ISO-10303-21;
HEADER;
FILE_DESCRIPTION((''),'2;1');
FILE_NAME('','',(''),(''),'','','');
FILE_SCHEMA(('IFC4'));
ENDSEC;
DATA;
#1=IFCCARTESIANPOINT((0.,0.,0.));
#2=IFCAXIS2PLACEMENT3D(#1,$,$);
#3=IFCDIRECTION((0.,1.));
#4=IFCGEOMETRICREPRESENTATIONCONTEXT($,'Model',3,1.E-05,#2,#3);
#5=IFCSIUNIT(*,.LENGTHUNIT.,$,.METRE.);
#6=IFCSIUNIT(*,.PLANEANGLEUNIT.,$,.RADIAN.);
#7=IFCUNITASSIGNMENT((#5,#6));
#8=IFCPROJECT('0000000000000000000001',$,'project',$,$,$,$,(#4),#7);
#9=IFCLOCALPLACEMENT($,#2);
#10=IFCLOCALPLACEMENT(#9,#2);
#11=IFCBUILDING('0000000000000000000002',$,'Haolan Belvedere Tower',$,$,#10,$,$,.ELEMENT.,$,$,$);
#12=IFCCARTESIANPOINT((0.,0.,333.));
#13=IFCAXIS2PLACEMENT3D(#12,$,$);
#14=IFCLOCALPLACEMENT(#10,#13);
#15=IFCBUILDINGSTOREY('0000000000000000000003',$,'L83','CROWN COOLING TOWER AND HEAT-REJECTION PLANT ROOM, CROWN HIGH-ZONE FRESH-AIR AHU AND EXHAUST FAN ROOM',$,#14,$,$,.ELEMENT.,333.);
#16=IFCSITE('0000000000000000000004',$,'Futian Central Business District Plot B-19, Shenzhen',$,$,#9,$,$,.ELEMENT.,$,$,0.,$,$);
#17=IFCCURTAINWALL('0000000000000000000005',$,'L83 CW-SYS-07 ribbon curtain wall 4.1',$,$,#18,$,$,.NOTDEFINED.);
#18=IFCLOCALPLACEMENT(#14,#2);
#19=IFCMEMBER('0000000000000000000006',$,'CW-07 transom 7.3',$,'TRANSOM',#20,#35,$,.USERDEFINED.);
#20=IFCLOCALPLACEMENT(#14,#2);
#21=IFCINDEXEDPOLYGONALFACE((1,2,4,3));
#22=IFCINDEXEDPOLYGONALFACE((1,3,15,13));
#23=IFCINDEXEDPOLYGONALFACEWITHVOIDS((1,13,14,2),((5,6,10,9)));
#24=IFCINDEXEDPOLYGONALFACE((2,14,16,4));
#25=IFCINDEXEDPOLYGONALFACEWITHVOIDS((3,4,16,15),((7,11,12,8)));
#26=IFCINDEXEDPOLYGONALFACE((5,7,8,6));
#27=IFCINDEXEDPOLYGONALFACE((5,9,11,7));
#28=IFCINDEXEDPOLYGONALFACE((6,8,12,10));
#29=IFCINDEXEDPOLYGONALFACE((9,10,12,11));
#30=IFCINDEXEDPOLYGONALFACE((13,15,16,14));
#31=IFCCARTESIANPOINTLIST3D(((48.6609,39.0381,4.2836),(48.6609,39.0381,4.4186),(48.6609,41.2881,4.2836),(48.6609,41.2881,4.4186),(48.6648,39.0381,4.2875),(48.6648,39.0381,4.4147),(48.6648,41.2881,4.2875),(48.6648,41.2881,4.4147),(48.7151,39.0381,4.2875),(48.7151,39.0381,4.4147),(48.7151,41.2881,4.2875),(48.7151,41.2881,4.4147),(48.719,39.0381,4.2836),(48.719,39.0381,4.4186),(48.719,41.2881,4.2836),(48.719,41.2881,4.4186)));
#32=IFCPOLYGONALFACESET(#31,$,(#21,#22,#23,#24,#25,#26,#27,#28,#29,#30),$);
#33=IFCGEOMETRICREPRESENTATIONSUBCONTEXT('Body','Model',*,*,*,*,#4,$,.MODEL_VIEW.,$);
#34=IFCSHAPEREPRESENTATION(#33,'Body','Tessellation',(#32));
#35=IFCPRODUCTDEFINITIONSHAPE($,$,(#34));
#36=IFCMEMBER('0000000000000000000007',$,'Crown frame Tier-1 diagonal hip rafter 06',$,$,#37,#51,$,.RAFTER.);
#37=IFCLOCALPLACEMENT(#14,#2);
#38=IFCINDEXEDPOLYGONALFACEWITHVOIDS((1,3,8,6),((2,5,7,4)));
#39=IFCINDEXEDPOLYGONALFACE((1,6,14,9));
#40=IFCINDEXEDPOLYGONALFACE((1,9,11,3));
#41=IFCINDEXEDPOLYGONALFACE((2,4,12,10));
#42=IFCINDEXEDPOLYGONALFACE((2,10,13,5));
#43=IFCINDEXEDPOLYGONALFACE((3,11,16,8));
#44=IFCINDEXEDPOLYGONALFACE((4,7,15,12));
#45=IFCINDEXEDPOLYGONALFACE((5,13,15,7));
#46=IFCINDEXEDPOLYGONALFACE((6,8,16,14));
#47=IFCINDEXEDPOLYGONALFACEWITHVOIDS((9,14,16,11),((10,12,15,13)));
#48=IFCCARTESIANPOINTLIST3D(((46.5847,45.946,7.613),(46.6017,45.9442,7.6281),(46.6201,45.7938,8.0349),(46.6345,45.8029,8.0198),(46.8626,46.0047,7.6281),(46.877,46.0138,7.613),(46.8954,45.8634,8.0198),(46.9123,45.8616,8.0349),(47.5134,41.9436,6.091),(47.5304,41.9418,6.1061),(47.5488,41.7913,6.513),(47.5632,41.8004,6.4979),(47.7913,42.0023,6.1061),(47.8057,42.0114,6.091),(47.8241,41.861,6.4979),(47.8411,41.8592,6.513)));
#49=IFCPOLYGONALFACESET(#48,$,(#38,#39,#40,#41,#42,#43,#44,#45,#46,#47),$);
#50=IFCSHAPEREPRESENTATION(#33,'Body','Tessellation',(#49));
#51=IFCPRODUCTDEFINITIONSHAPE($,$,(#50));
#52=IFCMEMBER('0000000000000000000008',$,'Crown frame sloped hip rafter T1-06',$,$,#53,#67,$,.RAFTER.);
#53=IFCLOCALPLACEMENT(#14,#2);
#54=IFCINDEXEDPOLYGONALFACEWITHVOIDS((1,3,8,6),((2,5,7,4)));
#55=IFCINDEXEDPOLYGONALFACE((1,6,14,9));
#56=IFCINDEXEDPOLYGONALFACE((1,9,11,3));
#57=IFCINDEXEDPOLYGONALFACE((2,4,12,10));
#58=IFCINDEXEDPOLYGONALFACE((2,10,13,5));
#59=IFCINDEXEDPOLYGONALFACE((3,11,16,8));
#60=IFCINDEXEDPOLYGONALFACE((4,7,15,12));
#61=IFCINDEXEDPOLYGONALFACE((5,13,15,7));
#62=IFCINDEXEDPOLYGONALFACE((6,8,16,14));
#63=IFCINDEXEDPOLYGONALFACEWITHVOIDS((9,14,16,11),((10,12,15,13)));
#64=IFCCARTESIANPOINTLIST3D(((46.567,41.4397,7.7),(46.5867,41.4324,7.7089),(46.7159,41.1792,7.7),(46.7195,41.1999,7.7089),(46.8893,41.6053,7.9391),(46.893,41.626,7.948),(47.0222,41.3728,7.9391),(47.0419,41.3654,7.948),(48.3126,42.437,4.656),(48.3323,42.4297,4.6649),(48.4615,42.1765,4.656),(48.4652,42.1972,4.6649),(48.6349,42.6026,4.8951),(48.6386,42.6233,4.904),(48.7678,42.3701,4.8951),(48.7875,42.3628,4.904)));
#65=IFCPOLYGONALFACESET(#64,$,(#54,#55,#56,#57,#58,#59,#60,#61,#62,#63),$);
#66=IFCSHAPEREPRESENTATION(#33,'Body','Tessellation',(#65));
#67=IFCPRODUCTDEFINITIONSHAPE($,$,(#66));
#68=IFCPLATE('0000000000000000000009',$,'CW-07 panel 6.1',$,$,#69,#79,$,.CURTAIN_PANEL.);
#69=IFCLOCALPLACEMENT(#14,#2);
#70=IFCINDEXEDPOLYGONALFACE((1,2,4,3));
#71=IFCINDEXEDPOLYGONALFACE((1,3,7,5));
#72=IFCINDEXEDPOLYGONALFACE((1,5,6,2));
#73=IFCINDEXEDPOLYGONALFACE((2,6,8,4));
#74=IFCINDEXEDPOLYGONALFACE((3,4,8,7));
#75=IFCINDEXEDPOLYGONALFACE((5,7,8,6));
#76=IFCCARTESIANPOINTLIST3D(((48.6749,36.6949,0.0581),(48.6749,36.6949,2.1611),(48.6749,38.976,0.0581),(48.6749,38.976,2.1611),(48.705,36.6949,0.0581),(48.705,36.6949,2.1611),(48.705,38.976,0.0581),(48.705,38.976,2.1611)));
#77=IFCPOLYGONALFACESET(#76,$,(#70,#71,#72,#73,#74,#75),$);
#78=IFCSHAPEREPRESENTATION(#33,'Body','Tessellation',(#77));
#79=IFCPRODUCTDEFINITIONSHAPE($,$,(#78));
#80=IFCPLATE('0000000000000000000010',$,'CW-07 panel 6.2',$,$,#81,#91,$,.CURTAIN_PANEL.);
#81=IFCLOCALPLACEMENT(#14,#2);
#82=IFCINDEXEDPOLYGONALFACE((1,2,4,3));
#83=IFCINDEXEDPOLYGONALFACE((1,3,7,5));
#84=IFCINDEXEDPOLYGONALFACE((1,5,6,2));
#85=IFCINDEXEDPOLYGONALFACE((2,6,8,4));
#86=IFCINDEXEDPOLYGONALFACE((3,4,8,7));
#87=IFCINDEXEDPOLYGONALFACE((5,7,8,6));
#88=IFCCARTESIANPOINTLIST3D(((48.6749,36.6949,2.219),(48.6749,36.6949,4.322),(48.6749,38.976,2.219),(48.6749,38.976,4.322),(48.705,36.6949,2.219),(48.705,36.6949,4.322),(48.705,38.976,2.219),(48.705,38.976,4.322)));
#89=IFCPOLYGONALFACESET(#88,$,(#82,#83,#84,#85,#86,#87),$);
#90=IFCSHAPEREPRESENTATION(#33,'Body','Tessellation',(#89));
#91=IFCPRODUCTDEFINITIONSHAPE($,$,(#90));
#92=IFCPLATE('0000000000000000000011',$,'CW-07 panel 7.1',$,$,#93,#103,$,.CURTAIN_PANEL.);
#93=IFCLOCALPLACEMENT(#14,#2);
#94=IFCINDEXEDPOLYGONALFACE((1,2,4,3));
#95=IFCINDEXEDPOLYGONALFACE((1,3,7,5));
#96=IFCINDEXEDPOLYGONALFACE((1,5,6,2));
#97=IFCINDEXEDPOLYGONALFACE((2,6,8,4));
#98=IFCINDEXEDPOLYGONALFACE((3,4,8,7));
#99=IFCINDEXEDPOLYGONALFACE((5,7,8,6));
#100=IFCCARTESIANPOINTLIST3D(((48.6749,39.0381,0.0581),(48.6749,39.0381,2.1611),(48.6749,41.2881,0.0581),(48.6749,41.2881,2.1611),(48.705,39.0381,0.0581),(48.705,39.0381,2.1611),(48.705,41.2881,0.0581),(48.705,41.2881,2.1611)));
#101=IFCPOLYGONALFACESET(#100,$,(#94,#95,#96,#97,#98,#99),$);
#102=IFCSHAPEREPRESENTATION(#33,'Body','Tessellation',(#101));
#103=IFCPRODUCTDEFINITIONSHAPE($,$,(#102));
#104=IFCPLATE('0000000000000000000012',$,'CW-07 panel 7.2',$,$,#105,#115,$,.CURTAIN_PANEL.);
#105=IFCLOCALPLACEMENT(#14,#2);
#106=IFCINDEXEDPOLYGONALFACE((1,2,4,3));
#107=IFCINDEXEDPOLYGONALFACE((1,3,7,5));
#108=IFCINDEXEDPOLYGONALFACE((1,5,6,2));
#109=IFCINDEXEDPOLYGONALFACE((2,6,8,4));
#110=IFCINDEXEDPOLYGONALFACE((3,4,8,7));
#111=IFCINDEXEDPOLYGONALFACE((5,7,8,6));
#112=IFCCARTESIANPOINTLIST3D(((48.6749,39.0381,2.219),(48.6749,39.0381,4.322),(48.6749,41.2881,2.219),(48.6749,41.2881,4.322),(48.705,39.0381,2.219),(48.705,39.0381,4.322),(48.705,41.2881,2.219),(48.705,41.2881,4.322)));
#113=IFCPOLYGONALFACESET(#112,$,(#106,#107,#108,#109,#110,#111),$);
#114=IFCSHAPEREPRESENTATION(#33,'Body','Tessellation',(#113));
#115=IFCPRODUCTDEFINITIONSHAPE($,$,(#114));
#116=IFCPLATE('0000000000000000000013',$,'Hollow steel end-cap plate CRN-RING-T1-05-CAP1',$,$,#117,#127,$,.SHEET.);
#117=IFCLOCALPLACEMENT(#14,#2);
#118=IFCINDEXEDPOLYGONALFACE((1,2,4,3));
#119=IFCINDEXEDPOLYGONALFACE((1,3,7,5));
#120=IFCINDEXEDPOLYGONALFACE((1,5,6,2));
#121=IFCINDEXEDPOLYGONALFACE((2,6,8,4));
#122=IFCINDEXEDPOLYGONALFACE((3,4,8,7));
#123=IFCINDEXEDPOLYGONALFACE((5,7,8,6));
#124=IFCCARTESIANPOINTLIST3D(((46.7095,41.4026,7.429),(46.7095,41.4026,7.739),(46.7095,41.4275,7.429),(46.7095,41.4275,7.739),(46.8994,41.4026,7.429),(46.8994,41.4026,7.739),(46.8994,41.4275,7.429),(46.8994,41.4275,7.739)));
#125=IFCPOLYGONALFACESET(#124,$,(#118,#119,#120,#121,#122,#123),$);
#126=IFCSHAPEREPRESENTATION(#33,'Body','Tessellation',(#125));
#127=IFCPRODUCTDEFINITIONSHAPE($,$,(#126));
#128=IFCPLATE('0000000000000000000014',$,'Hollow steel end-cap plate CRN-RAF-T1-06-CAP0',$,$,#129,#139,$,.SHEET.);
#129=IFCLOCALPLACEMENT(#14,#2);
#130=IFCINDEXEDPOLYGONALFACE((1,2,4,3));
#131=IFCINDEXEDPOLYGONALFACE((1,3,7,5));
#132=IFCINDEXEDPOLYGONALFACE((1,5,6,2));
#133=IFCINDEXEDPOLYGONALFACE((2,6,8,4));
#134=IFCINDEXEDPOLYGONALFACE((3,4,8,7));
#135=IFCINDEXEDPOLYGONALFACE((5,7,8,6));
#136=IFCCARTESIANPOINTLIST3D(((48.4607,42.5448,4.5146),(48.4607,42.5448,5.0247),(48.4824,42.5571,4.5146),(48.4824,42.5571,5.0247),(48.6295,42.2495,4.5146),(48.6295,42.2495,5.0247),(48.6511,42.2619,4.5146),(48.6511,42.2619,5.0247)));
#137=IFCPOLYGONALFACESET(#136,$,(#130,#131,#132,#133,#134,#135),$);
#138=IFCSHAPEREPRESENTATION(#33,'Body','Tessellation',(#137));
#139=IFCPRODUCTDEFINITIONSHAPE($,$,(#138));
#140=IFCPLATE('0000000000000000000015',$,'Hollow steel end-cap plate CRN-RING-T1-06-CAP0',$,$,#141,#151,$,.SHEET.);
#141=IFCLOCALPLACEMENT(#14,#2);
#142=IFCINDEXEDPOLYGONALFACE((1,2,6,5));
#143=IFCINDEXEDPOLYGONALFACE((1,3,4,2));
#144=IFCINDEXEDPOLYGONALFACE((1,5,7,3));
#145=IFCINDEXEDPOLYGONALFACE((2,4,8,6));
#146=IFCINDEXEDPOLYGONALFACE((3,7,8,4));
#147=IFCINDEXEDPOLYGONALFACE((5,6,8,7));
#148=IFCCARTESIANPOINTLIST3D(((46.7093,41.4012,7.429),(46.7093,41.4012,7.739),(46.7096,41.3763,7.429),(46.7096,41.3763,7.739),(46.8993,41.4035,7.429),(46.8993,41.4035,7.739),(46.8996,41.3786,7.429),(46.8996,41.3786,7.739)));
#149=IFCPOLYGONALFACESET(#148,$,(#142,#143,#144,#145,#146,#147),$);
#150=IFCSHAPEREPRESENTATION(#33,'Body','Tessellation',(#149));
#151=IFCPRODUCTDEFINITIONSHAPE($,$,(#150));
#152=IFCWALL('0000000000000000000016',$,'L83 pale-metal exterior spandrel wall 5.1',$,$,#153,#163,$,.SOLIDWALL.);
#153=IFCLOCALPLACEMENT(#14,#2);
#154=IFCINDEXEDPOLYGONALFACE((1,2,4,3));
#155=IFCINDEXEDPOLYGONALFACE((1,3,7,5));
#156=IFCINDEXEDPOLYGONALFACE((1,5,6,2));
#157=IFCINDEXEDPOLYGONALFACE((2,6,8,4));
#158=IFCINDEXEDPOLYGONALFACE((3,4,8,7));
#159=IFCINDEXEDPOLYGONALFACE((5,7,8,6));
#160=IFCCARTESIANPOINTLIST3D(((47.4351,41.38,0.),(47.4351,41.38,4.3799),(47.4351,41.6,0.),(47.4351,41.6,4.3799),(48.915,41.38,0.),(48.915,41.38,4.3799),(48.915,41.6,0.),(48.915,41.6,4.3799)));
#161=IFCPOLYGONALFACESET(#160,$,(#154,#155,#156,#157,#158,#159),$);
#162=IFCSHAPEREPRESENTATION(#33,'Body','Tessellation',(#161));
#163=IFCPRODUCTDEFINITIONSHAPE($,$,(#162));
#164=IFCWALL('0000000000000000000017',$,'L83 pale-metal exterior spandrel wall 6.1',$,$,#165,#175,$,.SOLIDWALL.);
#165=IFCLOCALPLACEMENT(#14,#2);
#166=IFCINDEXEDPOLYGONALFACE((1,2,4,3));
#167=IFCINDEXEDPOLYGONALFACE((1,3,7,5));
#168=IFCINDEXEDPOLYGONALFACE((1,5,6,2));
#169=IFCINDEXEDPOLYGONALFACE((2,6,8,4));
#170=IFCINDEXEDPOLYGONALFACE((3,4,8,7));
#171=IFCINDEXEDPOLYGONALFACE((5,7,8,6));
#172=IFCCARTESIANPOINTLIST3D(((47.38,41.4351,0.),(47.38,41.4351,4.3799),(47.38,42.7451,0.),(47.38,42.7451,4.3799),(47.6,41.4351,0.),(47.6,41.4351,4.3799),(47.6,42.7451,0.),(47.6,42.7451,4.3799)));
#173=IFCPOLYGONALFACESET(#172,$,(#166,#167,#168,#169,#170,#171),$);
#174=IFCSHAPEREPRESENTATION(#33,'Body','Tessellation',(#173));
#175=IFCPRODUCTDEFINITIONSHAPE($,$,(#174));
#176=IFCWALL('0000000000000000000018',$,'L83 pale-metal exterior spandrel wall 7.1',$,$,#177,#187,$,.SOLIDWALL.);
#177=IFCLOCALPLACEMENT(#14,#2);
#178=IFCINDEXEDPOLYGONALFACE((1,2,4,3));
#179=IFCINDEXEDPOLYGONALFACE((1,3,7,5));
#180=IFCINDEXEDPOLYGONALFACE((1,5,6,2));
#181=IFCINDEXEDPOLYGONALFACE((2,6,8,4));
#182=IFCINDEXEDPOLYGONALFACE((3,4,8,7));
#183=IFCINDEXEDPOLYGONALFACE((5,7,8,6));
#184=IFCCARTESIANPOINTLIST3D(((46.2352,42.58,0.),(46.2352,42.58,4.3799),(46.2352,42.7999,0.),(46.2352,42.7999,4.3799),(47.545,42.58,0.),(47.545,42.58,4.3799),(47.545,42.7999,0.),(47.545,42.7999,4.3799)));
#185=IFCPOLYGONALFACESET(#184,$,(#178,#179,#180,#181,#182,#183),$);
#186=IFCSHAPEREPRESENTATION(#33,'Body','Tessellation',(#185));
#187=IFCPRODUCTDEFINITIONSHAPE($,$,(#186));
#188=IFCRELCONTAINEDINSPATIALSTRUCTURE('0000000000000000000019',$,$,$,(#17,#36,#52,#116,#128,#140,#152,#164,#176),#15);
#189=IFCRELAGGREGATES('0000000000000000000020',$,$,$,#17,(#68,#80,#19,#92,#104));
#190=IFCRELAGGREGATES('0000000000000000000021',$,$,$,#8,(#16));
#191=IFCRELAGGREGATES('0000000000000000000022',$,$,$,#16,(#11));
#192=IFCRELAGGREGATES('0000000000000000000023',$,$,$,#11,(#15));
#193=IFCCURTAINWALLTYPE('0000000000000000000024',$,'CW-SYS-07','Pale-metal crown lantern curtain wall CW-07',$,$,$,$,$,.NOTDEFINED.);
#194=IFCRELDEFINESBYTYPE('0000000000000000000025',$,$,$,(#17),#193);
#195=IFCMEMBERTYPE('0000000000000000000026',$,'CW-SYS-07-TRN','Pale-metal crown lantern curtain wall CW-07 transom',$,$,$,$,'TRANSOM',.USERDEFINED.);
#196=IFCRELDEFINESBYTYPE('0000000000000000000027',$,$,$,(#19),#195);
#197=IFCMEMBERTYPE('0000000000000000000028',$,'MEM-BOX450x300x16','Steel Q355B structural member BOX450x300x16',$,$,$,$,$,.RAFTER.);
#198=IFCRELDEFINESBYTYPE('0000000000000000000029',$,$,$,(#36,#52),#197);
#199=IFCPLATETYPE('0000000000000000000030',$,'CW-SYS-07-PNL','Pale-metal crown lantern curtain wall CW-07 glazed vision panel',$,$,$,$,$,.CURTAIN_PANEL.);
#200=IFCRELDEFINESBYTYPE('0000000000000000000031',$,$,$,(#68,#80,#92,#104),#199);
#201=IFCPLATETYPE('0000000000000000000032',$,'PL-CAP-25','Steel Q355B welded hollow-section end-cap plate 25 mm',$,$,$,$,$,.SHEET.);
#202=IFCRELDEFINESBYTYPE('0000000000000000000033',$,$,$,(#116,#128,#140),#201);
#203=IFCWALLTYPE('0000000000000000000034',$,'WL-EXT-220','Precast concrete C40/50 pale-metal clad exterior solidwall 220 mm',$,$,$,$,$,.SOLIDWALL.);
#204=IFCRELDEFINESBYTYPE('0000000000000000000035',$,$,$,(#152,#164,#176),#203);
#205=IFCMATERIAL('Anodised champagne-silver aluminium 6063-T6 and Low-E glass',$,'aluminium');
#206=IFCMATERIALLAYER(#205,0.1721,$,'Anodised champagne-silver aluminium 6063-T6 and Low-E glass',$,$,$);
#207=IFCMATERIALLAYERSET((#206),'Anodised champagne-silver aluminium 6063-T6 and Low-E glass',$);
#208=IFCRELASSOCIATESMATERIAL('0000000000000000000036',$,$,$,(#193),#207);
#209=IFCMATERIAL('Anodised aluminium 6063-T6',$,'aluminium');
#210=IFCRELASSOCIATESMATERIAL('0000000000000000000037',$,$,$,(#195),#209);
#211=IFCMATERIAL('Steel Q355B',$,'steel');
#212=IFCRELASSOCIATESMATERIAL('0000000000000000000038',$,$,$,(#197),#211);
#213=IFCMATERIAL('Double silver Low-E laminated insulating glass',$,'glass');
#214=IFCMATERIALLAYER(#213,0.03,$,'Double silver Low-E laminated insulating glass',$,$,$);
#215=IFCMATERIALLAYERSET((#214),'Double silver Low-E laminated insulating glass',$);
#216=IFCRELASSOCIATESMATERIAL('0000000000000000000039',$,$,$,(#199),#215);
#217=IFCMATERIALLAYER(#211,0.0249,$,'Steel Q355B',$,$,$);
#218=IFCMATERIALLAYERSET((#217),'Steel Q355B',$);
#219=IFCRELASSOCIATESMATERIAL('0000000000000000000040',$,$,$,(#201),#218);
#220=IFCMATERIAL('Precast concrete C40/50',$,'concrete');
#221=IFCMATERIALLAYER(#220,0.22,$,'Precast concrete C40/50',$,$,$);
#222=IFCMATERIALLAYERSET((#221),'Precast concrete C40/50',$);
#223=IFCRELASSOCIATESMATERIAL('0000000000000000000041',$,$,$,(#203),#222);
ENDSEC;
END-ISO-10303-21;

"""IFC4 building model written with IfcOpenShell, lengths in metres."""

from ifc_helpers import new_model, si_unit, direction, frame, frame_2d, origin, origin_2d, place, context, subcontext, project, spatial, rectangle, hollow_rectangle, extrude, material, layer, layer_set, material_profile, profile_set, type_object, element, aggregate, save


model = new_model("IFC4")

# Units and contexts
model_context = context("Model", 3, precision=1e-05, world=origin(), true_north=direction((0.0, 1.0)))
body_context = subcontext(model_context, "Body", "Model", "MODEL_VIEW")
ifc_project = project(units=[si_unit("LENGTHUNIT", "METRE"), si_unit("PLANEANGLEUNIT", "RADIAN")], contexts=[model_context])

# Site, building, storey
site_placement = place(None, origin())
site = spatial("IfcSite", under=ifc_project, at=site_placement, Name="Futian Central Business District Plot B-19, Shenzhen", CompositionType="ELEMENT", RefElevation=0.0)
building_placement = place(site_placement, origin())
building = spatial("IfcBuilding", under=site, at=building_placement, Name="Haolan Belvedere Tower", CompositionType="ELEMENT")
storey_placement = place(building_placement, frame((0.0, 0.0, 333.0)))
storey = spatial("IfcBuildingStorey", under=building, at=storey_placement, Name="L83", Description="CROWN COOLING TOWER AND HEAT-REJECTION PLANT ROOM, CROWN HIGH-ZONE FRESH-AIR AHU AND EXHAUST FAN ROOM", CompositionType="ELEMENT", Elevation=333.0)

# Shared definitions
ifc_material_1 = material(Name="Steel Q355B", Category="steel")

# Curtain wall, member
ifc_material_2 = material(Name="Anodised champagne-silver aluminium 6063-T6 and Low-E glass", Category="aluminium")
ifc_layer_1 = layer(ifc_material_2, 0.1721, Name="Anodised champagne-silver aluminium 6063-T6 and Low-E glass")
ifc_layer_set_1 = layer_set([ifc_layer_1], Name="Anodised champagne-silver aluminium 6063-T6 and Low-E glass")
curtain_wall_type = type_object("IfcCurtainWallType", Name="CW-SYS-07", Description="Pale-metal crown lantern curtain wall CW-07", PredefinedType="NOTDEFINED", material=ifc_layer_set_1)
curtain_wall_placement = place(storey_placement, origin())
curtain_wall = element("IfcCurtainWall", 1, at=curtain_wall_placement, inside=storey, type_object=curtain_wall_type, Name="L83 CW-SYS-07 ribbon curtain wall 4.1", PredefinedType="NOTDEFINED")
ifc_material_3 = material(Name="Anodised aluminium 6063-T6", Category="aluminium")
ifc_material_profile_1 = material_profile(ifc_material_3, hollow_rectangle(XDim=0.0581, YDim=0.135, WallThickness=0.0039, at=origin_2d()), Name="Anodised aluminium 6063-T6")
ifc_profile_set_1 = profile_set([ifc_material_profile_1], Name="Anodised aluminium 6063-T6")
member_type_1 = type_object("IfcMemberType", Name="CW-SYS-07-TRN", Description="Pale-metal crown lantern curtain wall CW-07 transom", ElementType="TRANSOM", PredefinedType="USERDEFINED", material=ifc_profile_set_1)
member_1_placement = place(storey_placement, frame((48.6899, 39.0381, 4.3511), z_axis=(0.0, 1.0, 0.0), x_axis=(-1.0, 0.0, 0.0)))
member_1 = element("IfcMember", 2, at=member_1_placement, type_object=member_type_1, Name="CW-07 transom 7.3", ObjectType="TRANSOM", PredefinedType="USERDEFINED", context=body_context, shape_type="SweptSolid", body=[
    extrude(hollow_rectangle(XDim=0.0581, YDim=0.135, WallThickness=0.0039, at=origin_2d()), origin(), (0.0, 0.0, 1.0), 2.25),
])

# Members
ifc_material_profile_2 = material_profile(ifc_material_1, hollow_rectangle(XDim=0.3, YDim=0.45, WallThickness=0.0161, at=origin_2d()), Name="Steel Q355B")
ifc_profile_set_2 = profile_set([ifc_material_profile_2], Name="Steel Q355B")
member_type_2 = type_object("IfcMemberType", Name="MEM-BOX450x300x16", Description="Steel Q355B structural member BOX450x300x16", PredefinedType="RAFTER", material=ifc_profile_set_2)
member_2_placement = place(storey_placement, frame((47.6772, 41.9014, 6.302), z_axis=(-0.211957, 0.913465, 0.347355), x_axis=(-0.97412, -0.226031, 0.0)))
element("IfcMember", 3, at=member_2_placement, inside=storey, type_object=member_type_2, Name="Crown frame Tier-1 diagonal hip rafter 06", PredefinedType="RAFTER", context=body_context, shape_type="SweptSolid", body=[
    extrude(hollow_rectangle(XDim=0.3, YDim=0.45, WallThickness=0.0161, at=origin_2d()), origin(), (0.0, 0.0, 1.0), 4.3816),
])
member_3_placement = place(storey_placement, frame((48.55, 42.3999, 4.78), z_axis=(-0.47852, -0.273392, 0.834431), x_axis=(0.496074, -0.868281, 0.0)))
element("IfcMember", 4, at=member_3_placement, inside=storey, type_object=member_type_2, Name="Crown frame sloped hip rafter T1-06", PredefinedType="RAFTER", context=body_context, shape_type="SweptSolid", body=[
    extrude(hollow_rectangle(XDim=0.3, YDim=0.45, WallThickness=0.0161, at=origin_2d()), origin(), (0.0, 0.0, 1.0), 3.6479),
])

# Plates
ifc_material_4 = material(Name="Double silver Low-E laminated insulating glass", Category="glass")
ifc_layer_2 = layer(ifc_material_4, 0.03, Name="Double silver Low-E laminated insulating glass")
ifc_layer_set_2 = layer_set([ifc_layer_2], Name="Double silver Low-E laminated insulating glass")
plate_type_1 = type_object("IfcPlateType", Name="CW-SYS-07-PNL", Description="Pale-metal crown lantern curtain wall CW-07 glazed vision panel", PredefinedType="CURTAIN_PANEL", material=ifc_layer_set_2)
plate_1_placement = place(storey_placement, frame((48.6899, 37.8354, 0.0581), z_axis=(0.0, 0.0, 1.0), x_axis=(0.0, 1.0, 0.0)))
plate_1 = element("IfcPlate", 5, at=plate_1_placement, type_object=plate_type_1, Name="CW-07 panel 6.1", PredefinedType="CURTAIN_PANEL", context=body_context, shape_type="SweptSolid", body=[
    extrude(rectangle(XDim=2.281, YDim=0.03, at=origin_2d()), origin(), (0.0, 0.0, 1.0), 2.103),
])
plate_2_placement = place(storey_placement, frame((48.6899, 37.8354, 2.219), z_axis=(0.0, 0.0, 1.0), x_axis=(0.0, 1.0, 0.0)))
plate_2 = element("IfcPlate", 6, at=plate_2_placement, type_object=plate_type_1, Name="CW-07 panel 6.2", PredefinedType="CURTAIN_PANEL", context=body_context, shape_type="SweptSolid", body=[
    extrude(rectangle(XDim=2.281, YDim=0.03, at=origin_2d()), origin(), (0.0, 0.0, 1.0), 2.103),
])
plate_3_placement = place(storey_placement, frame((48.6899, 40.1631, 0.0581), z_axis=(0.0, 0.0, 1.0), x_axis=(0.0, 1.0, 0.0)))
plate_3 = element("IfcPlate", 7, at=plate_3_placement, type_object=plate_type_1, Name="CW-07 panel 7.1", PredefinedType="CURTAIN_PANEL", context=body_context, shape_type="SweptSolid", body=[
    extrude(rectangle(XDim=2.25, YDim=0.03, at=origin_2d()), origin(), (0.0, 0.0, 1.0), 2.103),
])
plate_4_placement = place(storey_placement, frame((48.6899, 40.1631, 2.219), z_axis=(0.0, 0.0, 1.0), x_axis=(0.0, 1.0, 0.0)))
plate_4 = element("IfcPlate", 8, at=plate_4_placement, type_object=plate_type_1, Name="CW-07 panel 7.2", PredefinedType="CURTAIN_PANEL", context=body_context, shape_type="SweptSolid", body=[
    extrude(rectangle(XDim=2.25, YDim=0.03, at=origin_2d()), origin(), (0.0, 0.0, 1.0), 2.103),
])
aggregate(curtain_wall, [plate_1, plate_2, member_1, plate_3, plate_4])

# Plates
ifc_layer_3 = layer(ifc_material_1, 0.0249, Name="Steel Q355B")
ifc_layer_set_3 = layer_set([ifc_layer_3], Name="Steel Q355B")
plate_type_2 = type_object("IfcPlateType", Name="PL-CAP-25", Description="Steel Q355B welded hollow-section end-cap plate 25 mm", PredefinedType="SHEET", material=ifc_layer_set_3)
plate_5_placement = place(storey_placement, frame((46.8044, 41.415, 7.429), z_axis=(0.0, 0.0, 1.0), x_axis=(-1.0, 0.0, 0.0)))
element("IfcPlate", 9, at=plate_5_placement, inside=storey, type_object=plate_type_2, Name="Hollow steel end-cap plate CRN-RING-T1-05-CAP1", PredefinedType="SHEET", context=body_context, shape_type="SweptSolid", body=[
    extrude(rectangle(XDim=0.1899, YDim=0.0249, at=origin_2d()), origin(), (0.0, 0.0, 1.0), 0.3101),
])
plate_6_placement = place(storey_placement, frame((48.5559, 42.4033, 4.5146), z_axis=(0.0, 0.0, 1.0), x_axis=(-0.496141, 0.868242, 0.0)))
element("IfcPlate", 10, at=plate_6_placement, inside=storey, type_object=plate_type_2, Name="Hollow steel end-cap plate CRN-RAF-T1-06-CAP0", PredefinedType="SHEET", context=body_context, shape_type="SweptSolid", body=[
    extrude(rectangle(XDim=0.3401, YDim=0.0249, at=origin_2d()), origin(), (0.0, 0.0, 1.0), 0.51),
])
plate_7_placement = place(storey_placement, frame((46.8044, 41.3899, 7.429), z_axis=(0.0, 0.0, 1.0), x_axis=(0.999923, 0.012409, 0.0)))
element("IfcPlate", 11, at=plate_7_placement, inside=storey, type_object=plate_type_2, Name="Hollow steel end-cap plate CRN-RING-T1-06-CAP0", PredefinedType="SHEET", context=body_context, shape_type="SweptSolid", body=[
    extrude(rectangle(XDim=0.1899, YDim=0.0249, at=origin_2d()), origin(), (0.0, 0.0, 1.0), 0.3101),
])

# Walls
ifc_material_5 = material(Name="Precast concrete C40/50", Category="concrete")
ifc_layer_4 = layer(ifc_material_5, 0.22, Name="Precast concrete C40/50")
ifc_layer_set_4 = layer_set([ifc_layer_4], Name="Precast concrete C40/50")
wall_type_1 = type_object("IfcWallType", Name="WL-EXT-220", Description="Precast concrete C40/50 pale-metal clad exterior solidwall 220 mm", PredefinedType="SOLIDWALL", material=ifc_layer_set_4)
wall_1_placement = place(storey_placement, frame((48.915, 41.49, 0.0), z_axis=(0.0, 0.0, 1.0), x_axis=(-1.0, 0.0, 0.0)))
element("IfcWall", 12, at=wall_1_placement, inside=storey, type_object=wall_type_1, Name="L83 pale-metal exterior spandrel wall 5.1", PredefinedType="SOLIDWALL", context=body_context, shape_type="SweptSolid", body=[
    extrude(rectangle(XDim=1.48, YDim=0.22, at=frame_2d((0.74, 0.0))), origin(), (0.0, 0.0, 1.0), 4.3799),
])
wall_2_placement = place(storey_placement, frame((47.49, 41.4351, 0.0), z_axis=(0.0, 0.0, 1.0), x_axis=(0.0, 1.0, 0.0)))
element("IfcWall", 13, at=wall_2_placement, inside=storey, type_object=wall_type_1, Name="L83 pale-metal exterior spandrel wall 6.1", PredefinedType="SOLIDWALL", context=body_context, shape_type="SweptSolid", body=[
    extrude(rectangle(XDim=1.3101, YDim=0.22, at=frame_2d((0.655, 0.0))), origin(), (0.0, 0.0, 1.0), 4.3799),
])
wall_3_placement = place(storey_placement, frame((47.5449, 42.6899, 0.0), z_axis=(0.0, 0.0, 1.0), x_axis=(-1.0, 0.0, 0.0)))
element("IfcWall", 14, at=wall_3_placement, inside=storey, type_object=wall_type_1, Name="L83 pale-metal exterior spandrel wall 7.1", PredefinedType="SOLIDWALL", context=body_context, shape_type="SweptSolid", body=[
    extrude(rectangle(XDim=1.3098, YDim=0.22, at=frame_2d((0.6548, 0.0))), origin(), (0.0, 0.0, 1.0), 4.3799),
])

save(model, "model.ifc")
